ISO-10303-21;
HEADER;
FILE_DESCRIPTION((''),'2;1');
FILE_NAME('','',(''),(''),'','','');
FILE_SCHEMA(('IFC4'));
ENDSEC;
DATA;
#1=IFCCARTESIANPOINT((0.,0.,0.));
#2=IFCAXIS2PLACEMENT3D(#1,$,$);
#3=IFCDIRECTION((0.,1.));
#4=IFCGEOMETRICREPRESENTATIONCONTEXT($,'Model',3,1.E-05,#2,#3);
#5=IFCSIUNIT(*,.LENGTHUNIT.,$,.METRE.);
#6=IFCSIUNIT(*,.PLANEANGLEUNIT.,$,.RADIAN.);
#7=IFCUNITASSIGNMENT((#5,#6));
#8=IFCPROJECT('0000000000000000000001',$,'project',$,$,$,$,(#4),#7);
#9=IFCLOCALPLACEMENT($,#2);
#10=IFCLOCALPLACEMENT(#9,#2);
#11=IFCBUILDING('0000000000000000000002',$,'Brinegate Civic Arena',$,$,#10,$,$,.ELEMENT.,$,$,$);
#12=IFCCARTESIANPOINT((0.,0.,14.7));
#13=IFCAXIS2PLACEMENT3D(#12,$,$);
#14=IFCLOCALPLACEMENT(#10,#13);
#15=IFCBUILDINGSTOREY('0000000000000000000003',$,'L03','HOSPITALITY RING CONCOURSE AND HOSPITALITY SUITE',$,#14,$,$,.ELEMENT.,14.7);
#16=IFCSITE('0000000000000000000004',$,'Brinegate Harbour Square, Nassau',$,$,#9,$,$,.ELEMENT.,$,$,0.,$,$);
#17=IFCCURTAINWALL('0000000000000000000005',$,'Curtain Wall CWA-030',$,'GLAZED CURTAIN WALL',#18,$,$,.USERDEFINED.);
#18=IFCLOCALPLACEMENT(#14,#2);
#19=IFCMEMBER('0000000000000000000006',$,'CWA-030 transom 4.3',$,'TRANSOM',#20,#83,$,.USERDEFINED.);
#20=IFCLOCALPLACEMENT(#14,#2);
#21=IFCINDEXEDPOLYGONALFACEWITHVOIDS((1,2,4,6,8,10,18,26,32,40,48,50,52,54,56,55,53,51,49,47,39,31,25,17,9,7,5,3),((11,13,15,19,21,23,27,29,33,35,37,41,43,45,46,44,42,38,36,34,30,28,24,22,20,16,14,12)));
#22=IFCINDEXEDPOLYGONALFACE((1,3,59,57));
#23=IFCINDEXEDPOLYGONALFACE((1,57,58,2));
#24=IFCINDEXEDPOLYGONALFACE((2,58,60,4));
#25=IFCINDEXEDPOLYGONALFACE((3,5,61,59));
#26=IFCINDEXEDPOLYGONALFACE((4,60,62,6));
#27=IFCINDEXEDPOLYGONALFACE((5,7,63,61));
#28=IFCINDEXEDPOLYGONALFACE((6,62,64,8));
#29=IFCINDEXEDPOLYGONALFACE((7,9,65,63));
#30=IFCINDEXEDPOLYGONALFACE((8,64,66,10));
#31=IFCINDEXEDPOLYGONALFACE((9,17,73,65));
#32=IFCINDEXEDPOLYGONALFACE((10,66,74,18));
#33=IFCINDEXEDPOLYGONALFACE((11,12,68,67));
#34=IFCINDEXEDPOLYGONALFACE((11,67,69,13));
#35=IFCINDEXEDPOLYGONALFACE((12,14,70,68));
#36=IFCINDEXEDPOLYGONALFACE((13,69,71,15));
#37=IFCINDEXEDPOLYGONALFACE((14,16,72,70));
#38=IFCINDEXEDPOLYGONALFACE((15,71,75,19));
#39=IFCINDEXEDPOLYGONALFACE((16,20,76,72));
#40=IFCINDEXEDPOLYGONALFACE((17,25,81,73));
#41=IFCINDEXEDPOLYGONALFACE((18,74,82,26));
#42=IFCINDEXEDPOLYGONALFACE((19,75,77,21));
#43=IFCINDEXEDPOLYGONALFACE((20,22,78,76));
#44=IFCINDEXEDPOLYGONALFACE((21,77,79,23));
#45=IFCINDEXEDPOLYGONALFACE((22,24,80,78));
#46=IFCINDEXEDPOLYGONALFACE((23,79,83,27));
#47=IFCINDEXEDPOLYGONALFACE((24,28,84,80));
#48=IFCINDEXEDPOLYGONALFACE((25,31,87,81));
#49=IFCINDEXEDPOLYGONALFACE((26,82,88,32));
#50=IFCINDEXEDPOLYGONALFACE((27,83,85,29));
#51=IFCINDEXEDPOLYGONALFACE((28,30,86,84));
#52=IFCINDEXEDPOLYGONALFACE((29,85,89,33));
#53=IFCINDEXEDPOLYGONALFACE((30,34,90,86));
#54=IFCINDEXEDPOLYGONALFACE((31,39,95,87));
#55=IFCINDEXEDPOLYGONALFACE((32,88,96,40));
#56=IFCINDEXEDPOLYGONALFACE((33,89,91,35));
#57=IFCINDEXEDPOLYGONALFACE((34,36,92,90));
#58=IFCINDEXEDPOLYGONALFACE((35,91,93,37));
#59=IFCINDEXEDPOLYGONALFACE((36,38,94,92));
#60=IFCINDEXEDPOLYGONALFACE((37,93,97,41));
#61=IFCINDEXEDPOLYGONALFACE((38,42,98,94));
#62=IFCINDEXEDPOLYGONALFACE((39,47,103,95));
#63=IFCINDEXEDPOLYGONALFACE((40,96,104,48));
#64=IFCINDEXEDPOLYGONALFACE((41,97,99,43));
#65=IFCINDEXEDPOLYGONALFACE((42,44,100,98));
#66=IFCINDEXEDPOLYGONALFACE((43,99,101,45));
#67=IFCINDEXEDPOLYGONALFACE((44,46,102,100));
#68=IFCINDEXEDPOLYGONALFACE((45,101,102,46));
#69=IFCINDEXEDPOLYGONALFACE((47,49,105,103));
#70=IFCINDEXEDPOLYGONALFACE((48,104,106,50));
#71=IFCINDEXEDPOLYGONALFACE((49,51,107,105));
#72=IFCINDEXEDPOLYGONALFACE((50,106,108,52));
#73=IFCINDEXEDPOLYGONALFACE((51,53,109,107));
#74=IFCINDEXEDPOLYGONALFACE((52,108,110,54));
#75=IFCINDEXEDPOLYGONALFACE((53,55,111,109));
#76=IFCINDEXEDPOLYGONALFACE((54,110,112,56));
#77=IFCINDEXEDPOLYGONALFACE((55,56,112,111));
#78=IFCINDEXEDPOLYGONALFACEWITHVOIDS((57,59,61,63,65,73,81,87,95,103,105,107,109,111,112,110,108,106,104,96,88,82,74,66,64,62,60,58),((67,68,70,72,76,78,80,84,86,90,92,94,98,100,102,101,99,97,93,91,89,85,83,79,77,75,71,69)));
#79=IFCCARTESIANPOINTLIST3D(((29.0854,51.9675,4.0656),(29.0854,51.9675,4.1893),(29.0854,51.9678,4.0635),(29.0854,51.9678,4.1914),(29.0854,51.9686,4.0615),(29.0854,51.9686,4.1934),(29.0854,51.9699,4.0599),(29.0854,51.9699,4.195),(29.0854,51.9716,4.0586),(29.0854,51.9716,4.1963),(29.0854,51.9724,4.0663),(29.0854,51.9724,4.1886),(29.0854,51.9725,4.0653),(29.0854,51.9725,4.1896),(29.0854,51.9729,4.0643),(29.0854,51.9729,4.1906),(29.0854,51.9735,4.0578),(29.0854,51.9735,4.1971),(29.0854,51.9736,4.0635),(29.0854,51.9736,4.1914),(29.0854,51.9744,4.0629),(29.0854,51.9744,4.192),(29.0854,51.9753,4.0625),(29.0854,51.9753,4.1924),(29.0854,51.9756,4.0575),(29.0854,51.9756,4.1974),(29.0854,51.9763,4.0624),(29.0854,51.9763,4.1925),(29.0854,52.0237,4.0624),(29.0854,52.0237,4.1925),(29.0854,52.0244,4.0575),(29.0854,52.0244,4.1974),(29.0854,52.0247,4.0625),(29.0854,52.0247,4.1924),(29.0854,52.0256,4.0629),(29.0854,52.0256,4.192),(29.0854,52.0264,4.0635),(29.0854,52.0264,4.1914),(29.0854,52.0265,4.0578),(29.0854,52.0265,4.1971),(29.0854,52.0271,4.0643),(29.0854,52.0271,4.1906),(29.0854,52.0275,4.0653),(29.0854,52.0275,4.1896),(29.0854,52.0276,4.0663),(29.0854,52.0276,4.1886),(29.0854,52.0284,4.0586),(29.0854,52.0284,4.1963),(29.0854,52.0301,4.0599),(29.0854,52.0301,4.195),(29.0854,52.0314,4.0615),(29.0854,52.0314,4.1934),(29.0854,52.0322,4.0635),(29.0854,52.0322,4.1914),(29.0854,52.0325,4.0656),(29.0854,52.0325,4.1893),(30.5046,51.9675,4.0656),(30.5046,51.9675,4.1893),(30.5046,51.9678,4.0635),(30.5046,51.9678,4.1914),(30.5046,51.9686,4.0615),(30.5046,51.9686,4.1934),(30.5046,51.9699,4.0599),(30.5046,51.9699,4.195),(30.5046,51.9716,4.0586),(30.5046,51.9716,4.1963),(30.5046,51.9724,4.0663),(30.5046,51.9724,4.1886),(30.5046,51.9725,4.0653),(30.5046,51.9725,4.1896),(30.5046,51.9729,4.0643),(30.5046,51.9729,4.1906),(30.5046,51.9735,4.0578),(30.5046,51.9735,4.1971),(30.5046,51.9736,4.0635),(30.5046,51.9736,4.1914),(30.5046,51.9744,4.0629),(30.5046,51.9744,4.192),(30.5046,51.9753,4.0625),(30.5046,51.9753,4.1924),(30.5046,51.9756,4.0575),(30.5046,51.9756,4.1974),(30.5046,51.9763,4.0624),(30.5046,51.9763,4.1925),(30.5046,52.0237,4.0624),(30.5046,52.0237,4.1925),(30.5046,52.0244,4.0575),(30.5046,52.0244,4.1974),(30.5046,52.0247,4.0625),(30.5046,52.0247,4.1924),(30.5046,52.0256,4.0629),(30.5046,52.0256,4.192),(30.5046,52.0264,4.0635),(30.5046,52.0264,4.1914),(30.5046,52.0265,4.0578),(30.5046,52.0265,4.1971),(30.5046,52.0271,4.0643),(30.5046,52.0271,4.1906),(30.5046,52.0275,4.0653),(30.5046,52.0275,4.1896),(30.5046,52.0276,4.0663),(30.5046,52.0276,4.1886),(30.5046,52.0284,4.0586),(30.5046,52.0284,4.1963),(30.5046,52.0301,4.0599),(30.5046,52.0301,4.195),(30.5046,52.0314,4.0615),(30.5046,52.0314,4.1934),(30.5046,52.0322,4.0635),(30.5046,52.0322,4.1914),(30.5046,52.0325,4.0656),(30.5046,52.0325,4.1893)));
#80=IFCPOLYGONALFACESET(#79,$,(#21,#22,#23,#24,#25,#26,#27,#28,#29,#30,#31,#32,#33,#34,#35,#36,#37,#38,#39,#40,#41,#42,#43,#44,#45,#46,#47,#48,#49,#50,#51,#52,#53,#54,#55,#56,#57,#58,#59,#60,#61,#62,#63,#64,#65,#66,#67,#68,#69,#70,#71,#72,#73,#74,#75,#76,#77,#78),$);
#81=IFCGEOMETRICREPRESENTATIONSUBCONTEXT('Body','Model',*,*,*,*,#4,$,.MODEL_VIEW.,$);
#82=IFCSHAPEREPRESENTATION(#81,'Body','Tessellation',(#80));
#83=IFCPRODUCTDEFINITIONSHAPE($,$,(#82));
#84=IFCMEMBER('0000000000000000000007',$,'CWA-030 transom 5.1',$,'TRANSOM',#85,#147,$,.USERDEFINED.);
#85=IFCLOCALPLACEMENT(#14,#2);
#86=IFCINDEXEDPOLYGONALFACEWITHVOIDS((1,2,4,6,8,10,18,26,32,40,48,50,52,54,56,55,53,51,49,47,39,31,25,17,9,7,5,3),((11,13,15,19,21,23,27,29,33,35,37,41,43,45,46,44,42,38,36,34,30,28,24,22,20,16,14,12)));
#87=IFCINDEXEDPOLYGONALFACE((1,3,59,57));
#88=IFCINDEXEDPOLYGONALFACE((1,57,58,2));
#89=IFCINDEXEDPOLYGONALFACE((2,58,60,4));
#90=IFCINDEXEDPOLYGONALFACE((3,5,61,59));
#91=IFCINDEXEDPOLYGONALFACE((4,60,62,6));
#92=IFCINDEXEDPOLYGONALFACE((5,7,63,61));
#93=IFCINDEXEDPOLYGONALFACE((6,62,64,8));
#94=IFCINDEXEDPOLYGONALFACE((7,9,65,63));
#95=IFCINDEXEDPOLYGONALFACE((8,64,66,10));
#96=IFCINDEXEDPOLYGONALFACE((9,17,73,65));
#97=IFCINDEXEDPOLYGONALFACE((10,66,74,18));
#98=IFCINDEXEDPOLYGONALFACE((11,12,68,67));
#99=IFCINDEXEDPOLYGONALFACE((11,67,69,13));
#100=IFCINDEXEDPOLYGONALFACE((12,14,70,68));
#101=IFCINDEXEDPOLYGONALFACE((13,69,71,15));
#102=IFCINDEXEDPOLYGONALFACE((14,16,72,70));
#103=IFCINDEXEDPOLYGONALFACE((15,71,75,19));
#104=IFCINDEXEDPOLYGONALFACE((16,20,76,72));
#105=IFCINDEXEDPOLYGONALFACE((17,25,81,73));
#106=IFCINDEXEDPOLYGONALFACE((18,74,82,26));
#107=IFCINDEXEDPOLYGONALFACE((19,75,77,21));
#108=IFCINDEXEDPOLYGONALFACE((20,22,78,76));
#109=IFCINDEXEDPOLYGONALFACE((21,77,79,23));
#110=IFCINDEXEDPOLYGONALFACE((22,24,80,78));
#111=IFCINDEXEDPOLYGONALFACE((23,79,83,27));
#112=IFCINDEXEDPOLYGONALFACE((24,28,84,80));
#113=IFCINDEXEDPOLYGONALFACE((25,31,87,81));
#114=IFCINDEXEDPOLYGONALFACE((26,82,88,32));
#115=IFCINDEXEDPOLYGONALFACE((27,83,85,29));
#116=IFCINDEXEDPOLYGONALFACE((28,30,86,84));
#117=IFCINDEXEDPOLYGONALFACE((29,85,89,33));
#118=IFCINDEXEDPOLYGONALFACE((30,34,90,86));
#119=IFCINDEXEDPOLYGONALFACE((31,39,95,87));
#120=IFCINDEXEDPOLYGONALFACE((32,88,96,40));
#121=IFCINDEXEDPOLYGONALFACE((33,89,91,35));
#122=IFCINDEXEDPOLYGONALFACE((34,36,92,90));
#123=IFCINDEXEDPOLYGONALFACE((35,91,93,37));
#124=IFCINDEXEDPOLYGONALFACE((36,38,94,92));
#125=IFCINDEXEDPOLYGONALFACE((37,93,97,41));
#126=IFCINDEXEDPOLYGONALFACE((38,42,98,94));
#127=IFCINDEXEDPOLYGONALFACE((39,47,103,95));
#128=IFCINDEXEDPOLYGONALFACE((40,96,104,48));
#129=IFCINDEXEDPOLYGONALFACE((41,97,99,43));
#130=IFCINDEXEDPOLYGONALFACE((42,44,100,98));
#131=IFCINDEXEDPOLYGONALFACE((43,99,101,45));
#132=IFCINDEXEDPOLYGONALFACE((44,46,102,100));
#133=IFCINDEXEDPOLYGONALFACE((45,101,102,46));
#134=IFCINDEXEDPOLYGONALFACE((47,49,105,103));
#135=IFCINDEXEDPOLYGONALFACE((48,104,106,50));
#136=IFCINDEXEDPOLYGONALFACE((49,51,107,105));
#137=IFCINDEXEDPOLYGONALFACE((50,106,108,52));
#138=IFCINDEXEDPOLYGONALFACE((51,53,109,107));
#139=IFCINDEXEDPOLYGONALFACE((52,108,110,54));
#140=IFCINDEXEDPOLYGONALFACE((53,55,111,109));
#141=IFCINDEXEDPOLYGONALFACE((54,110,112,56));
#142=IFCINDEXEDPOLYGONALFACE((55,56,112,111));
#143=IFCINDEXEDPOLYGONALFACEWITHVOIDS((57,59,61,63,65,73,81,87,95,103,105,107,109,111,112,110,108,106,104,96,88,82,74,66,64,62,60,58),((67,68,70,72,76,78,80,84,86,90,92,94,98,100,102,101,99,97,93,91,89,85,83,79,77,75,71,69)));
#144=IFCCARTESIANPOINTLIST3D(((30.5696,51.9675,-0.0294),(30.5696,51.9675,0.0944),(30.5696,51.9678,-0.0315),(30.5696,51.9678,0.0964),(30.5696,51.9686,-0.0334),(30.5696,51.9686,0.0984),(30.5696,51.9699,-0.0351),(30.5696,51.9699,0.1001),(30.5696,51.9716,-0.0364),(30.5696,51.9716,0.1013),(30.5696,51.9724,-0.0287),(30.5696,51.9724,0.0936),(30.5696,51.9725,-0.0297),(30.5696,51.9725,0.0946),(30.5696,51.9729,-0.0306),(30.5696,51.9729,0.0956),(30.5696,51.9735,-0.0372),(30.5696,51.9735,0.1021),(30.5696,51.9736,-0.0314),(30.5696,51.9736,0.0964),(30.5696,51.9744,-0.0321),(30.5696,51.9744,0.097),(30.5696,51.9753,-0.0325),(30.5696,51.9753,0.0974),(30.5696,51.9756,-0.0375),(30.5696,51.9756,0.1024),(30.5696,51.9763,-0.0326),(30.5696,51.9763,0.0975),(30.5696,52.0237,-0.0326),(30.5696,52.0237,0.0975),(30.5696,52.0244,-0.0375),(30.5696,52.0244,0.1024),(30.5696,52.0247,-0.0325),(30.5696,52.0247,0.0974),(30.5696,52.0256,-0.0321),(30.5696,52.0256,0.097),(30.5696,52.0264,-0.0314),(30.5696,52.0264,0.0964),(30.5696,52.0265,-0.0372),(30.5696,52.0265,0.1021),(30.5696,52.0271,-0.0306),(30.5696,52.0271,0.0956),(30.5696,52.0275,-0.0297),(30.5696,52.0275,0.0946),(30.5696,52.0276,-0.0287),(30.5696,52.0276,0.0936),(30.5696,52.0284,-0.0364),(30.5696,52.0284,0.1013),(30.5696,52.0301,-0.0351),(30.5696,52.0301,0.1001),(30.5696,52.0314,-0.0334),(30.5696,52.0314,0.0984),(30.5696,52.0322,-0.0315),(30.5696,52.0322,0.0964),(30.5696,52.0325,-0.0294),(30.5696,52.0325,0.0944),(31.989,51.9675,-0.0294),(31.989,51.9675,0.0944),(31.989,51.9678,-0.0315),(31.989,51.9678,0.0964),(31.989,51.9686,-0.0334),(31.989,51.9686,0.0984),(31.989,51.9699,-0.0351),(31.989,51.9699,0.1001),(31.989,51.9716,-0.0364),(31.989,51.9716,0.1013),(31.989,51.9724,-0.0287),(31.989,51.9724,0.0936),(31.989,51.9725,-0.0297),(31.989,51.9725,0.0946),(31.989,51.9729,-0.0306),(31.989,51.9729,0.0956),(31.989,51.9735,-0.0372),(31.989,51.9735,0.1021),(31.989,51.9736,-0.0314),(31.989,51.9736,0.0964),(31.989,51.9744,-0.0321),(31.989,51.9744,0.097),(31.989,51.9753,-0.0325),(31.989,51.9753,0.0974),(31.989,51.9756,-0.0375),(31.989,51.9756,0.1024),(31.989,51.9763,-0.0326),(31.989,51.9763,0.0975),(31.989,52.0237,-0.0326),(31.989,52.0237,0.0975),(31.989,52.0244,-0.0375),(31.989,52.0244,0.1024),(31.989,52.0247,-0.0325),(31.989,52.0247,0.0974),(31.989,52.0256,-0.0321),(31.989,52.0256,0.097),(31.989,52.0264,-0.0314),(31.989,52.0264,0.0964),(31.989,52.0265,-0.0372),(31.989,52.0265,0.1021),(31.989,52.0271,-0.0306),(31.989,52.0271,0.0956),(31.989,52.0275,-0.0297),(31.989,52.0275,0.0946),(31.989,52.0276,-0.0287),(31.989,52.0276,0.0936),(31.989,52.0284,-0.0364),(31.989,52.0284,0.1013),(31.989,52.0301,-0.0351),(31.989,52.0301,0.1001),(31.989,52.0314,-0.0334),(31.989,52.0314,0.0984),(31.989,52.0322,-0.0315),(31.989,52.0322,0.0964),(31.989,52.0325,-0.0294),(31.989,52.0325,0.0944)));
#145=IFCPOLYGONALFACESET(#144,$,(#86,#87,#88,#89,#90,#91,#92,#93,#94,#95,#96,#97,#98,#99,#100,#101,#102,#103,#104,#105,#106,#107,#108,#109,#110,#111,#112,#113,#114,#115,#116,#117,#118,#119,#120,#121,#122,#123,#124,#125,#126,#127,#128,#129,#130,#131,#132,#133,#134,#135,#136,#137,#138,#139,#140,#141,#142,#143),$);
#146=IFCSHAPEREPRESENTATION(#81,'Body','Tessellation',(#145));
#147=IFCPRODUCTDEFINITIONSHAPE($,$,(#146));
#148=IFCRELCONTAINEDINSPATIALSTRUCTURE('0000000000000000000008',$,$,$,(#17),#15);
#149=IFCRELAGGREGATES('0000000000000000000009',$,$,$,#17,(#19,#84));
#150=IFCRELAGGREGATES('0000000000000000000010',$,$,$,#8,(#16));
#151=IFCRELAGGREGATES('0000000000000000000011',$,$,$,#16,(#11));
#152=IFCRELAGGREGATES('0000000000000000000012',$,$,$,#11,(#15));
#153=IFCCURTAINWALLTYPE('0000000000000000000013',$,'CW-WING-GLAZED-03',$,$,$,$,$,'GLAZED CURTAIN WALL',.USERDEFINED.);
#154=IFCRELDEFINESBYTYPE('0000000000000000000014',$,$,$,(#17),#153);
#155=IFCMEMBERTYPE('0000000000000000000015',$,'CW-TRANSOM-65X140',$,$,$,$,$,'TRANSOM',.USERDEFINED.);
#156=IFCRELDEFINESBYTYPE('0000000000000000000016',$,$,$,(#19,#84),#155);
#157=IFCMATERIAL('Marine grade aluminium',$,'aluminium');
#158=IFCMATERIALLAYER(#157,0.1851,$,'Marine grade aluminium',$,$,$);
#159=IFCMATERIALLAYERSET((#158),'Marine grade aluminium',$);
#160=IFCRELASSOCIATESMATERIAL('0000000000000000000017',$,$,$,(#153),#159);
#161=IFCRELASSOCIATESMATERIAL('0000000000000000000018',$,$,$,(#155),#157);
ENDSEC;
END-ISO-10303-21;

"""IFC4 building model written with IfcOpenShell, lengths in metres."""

from ifc_helpers import new_model, si_unit, direction, frame, origin, origin_2d, place, context, subcontext, project, spatial, hollow_rectangle, extrude, material, layer, layer_set, material_profile, profile_set, type_object, element, aggregate, save


model = new_model("IFC4")

# Units and contexts
model_context = context("Model", 3, precision=1e-05, world=origin(), true_north=direction((0.0, 1.0)))
body_context = subcontext(model_context, "Body", "Model", "MODEL_VIEW")
ifc_project = project(units=[si_unit("LENGTHUNIT", "METRE"), si_unit("PLANEANGLEUNIT", "RADIAN")], contexts=[model_context])

# Site, building, storey
site_placement = place(None, origin())
site = spatial("IfcSite", under=ifc_project, at=site_placement, Name="Brinegate Harbour Square, Nassau", CompositionType="ELEMENT", RefElevation=0.0)
building_placement = place(site_placement, origin())
building = spatial("IfcBuilding", under=site, at=building_placement, Name="Brinegate Civic Arena", CompositionType="ELEMENT")
storey_placement = place(building_placement, frame((0.0, 0.0, 14.7)))
storey = spatial("IfcBuildingStorey", under=building, at=storey_placement, Name="L03", Description="HOSPITALITY RING CONCOURSE AND HOSPITALITY SUITE", CompositionType="ELEMENT", Elevation=14.7)

# Curtain wall
ifc_material_1 = material(Name="Marine grade aluminium", Category="aluminium")
ifc_layer_1 = layer(ifc_material_1, 0.1851, Name="Marine grade aluminium")
ifc_layer_set_1 = layer_set([ifc_layer_1], Name="Marine grade aluminium")
curtain_wall_type = type_object("IfcCurtainWallType", Name="CW-WING-GLAZED-03", ElementType="GLAZED CURTAIN WALL", PredefinedType="USERDEFINED", material=ifc_layer_set_1)
curtain_wall_1_placement = place(storey_placement, origin())
curtain_wall_1 = element("IfcCurtainWall", 1, at=curtain_wall_1_placement, inside=storey, type_object=curtain_wall_type, Name="Curtain Wall CWA-030", ObjectType="GLAZED CURTAIN WALL", PredefinedType="USERDEFINED")

# Members
ifc_material_profile_1 = material_profile(ifc_material_1, hollow_rectangle(XDim=0.0649, YDim=0.1399, WallThickness=0.0049, InnerFilletRadius=0.0039, OuterFilletRadius=0.0081, at=origin_2d()), Name="TRN65X140")
ifc_profile_set_1 = profile_set([ifc_material_profile_1], Name="Marine grade aluminium")
member_type_1 = type_object("IfcMemberType", Name="CW-TRANSOM-65X140", ElementType="TRANSOM", PredefinedType="USERDEFINED", material=ifc_profile_set_1)
member_1_placement = place(storey_placement, frame((29.0854, 52.0, 4.1274), z_axis=(1.0, 0.0, 0.0), x_axis=(0.0, 1.0, 0.0)))
member_1 = element("IfcMember", 2, at=member_1_placement, type_object=member_type_1, Name="CWA-030 transom 4.3", ObjectType="TRANSOM", PredefinedType="USERDEFINED", context=body_context, shape_type="SweptSolid", body=[
    extrude(hollow_rectangle(XDim=0.0649, YDim=0.1399, WallThickness=0.0049, InnerFilletRadius=0.0039, OuterFilletRadius=0.0081, at=origin_2d()), origin(), (0.0, 0.0, 1.0), 1.4192),
])
member_2_placement = place(storey_placement, frame((30.5696, 52.0, 0.0325), z_axis=(1.0, 0.0, 0.0), x_axis=(0.0, 1.0, 0.0)))
member_2 = element("IfcMember", 3, at=member_2_placement, type_object=member_type_1, Name="CWA-030 transom 5.1", ObjectType="TRANSOM", PredefinedType="USERDEFINED", context=body_context, shape_type="SweptSolid", body=[
    extrude(hollow_rectangle(XDim=0.0649, YDim=0.1399, WallThickness=0.0049, InnerFilletRadius=0.0039, OuterFilletRadius=0.0081, at=origin_2d()), origin(), (0.0, 0.0, 1.0), 1.4194),
])

aggregate(curtain_wall_1, [member_1, member_2])

save(model, "model.ifc")
